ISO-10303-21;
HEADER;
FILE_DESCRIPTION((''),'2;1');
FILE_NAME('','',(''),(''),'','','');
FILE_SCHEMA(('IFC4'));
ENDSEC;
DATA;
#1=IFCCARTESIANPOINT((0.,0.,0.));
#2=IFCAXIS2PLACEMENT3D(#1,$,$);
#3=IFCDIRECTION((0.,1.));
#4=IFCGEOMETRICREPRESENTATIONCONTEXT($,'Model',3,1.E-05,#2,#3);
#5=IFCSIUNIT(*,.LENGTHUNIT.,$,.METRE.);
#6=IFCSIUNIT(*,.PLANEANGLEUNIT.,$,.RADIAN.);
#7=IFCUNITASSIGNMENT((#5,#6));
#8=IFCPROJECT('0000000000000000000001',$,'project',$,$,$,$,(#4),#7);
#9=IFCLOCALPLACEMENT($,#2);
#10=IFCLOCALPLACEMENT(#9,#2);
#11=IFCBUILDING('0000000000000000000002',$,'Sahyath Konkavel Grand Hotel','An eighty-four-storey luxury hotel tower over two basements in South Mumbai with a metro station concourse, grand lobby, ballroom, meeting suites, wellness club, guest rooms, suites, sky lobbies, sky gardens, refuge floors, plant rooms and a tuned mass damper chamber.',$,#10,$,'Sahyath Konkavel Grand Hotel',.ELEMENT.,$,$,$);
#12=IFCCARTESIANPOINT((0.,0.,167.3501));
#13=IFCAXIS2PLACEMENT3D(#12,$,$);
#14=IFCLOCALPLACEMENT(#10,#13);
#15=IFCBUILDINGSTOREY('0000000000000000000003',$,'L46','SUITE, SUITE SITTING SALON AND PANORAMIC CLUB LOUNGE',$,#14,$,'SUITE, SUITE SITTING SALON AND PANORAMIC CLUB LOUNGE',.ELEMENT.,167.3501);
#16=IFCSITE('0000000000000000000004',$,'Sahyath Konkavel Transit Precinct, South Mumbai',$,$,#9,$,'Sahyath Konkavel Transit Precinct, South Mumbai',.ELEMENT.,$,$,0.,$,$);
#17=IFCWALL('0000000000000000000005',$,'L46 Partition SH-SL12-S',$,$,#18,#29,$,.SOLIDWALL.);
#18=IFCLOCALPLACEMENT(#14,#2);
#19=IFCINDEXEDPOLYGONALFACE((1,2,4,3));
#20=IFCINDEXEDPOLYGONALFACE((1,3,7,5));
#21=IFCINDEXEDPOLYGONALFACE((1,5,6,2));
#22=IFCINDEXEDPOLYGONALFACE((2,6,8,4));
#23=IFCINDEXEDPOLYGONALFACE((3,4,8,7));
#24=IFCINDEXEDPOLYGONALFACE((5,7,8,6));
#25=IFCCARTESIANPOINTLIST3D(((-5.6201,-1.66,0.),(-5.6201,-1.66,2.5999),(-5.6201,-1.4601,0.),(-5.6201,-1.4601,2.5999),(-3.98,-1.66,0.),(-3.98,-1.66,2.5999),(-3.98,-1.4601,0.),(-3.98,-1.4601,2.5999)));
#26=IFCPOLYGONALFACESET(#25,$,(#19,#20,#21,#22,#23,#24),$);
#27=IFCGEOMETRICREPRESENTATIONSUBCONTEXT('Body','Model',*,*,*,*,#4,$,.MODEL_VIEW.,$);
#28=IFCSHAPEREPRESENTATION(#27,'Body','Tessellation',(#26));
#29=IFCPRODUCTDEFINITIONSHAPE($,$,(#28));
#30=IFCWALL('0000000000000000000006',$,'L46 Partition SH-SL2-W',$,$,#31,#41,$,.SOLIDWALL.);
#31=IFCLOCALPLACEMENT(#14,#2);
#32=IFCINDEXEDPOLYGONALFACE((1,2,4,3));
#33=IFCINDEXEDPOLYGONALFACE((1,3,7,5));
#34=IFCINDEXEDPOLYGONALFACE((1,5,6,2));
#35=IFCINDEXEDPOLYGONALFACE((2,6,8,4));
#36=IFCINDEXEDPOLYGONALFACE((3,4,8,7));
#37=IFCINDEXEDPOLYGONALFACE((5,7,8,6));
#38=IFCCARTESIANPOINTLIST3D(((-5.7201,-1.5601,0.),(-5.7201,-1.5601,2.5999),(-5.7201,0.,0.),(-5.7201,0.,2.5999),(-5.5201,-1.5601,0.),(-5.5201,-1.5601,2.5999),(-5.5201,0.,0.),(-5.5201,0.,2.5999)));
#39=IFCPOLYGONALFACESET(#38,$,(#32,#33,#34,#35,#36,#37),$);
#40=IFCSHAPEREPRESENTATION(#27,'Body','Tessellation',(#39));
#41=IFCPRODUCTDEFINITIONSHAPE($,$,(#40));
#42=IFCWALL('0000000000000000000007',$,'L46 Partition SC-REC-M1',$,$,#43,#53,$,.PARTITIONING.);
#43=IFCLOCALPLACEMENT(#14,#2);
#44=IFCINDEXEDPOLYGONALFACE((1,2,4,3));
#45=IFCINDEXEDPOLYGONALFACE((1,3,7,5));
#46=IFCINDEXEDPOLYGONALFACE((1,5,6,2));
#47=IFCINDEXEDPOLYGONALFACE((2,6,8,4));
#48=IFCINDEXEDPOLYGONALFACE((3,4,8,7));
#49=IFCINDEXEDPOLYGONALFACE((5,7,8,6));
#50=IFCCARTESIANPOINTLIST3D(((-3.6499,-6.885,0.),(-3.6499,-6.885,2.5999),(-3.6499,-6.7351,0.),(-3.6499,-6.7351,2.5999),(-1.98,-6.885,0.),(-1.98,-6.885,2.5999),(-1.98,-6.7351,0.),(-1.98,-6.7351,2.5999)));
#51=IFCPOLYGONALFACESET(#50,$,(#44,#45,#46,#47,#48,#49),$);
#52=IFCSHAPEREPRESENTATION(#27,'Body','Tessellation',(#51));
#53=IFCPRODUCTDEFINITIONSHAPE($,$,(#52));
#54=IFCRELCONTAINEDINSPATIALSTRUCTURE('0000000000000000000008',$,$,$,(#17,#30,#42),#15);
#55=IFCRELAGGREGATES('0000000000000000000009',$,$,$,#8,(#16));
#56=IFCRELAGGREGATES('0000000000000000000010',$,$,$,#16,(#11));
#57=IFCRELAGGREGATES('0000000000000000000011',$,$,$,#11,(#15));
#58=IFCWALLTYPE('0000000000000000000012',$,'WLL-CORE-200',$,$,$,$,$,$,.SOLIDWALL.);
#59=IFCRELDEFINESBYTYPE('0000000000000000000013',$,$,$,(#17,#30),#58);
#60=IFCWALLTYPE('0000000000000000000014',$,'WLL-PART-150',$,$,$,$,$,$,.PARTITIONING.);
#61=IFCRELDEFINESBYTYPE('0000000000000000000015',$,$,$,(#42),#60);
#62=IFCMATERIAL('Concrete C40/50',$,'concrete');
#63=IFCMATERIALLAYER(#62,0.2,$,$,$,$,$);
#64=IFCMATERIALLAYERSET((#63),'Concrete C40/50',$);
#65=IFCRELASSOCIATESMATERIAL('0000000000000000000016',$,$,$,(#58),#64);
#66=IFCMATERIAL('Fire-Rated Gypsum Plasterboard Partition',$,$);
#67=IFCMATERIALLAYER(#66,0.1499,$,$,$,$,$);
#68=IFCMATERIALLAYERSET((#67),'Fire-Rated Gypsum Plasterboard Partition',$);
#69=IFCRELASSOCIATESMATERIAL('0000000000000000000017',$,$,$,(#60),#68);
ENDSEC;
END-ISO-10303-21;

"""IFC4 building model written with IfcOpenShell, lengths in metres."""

from ifc_helpers import new_model, si_unit, direction, frame, frame_2d, origin, place, context, subcontext, project, spatial, rectangle, extrude, material, layer, layer_set, type_object, element, save


model = new_model("IFC4")

# Units and contexts
model_context = context("Model", 3, precision=1e-05, world=origin(), true_north=direction((0.0, 1.0)))
body_context = subcontext(model_context, "Body", "Model", "MODEL_VIEW")
ifc_project = project(units=[si_unit("LENGTHUNIT", "METRE"), si_unit("PLANEANGLEUNIT", "RADIAN")], contexts=[model_context])

# Site, building, storey
site_placement = place(None, origin())
site = spatial("IfcSite", under=ifc_project, at=site_placement, Name="Sahyath Konkavel Transit Precinct, South Mumbai", LongName="Sahyath Konkavel Transit Precinct, South Mumbai", CompositionType="ELEMENT", RefElevation=0.0)
building_placement = place(site_placement, origin())
building = spatial("IfcBuilding", under=site, at=building_placement, Name="Sahyath Konkavel Grand Hotel", Description="An eighty-four-storey luxury hotel tower over two basements in South Mumbai with a metro station concourse, grand lobby, ballroom, meeting suites, wellness club, guest rooms, suites, sky lobbies, sky gardens, refuge floors, plant rooms and a tuned mass damper chamber.", LongName="Sahyath Konkavel Grand Hotel", CompositionType="ELEMENT")
storey_placement = place(building_placement, frame((0.0, 0.0, 167.3501)))
storey = spatial("IfcBuildingStorey", under=building, at=storey_placement, Name="L46", Description="SUITE, SUITE SITTING SALON AND PANORAMIC CLUB LOUNGE", LongName="SUITE, SUITE SITTING SALON AND PANORAMIC CLUB LOUNGE", CompositionType="ELEMENT", Elevation=167.3501)

# Shared definitions
ifc_material_1 = material(Name="Concrete C40/50", Category="concrete")

# Shared definitions
ifc_layer_1 = layer(ifc_material_1, 0.2)
ifc_layer_set_1 = layer_set([ifc_layer_1], Name="Concrete C40/50")
wall_type_1 = type_object("IfcWallType", Name="WLL-CORE-200", PredefinedType="SOLIDWALL", material=ifc_layer_set_1)

# Walls
wall_1_placement = place(storey_placement, frame((-5.6201, -1.5601, 0.0), z_axis=(0.0, 0.0, 1.0), x_axis=(1.0, 0.0, 0.0)))
element("IfcWall", 1, at=wall_1_placement, inside=storey, type_object=wall_type_1, Name="L46 Partition SH-SL12-S", PredefinedType="SOLIDWALL", context=body_context, shape_type="SweptSolid", body=[
    extrude(rectangle(XDim=1.6401, YDim=0.2, at=frame_2d((0.8201, 0.0))), origin(), (0.0, 0.0, 1.0), 2.5999),
])
wall_2_placement = place(storey_placement, frame((-5.6201, -1.5601, 0.0), z_axis=(0.0, 0.0, 1.0), x_axis=(0.0, 1.0, 0.0)))
element("IfcWall", 2, at=wall_2_placement, inside=storey, type_object=wall_type_1, Name="L46 Partition SH-SL2-W", PredefinedType="SOLIDWALL", context=body_context, shape_type="SweptSolid", body=[
    extrude(rectangle(XDim=1.5601, YDim=0.2, at=frame_2d((0.78, 0.0))), origin(), (0.0, 0.0, 1.0), 2.5999),
])
ifc_material_2 = material(Name="Fire-Rated Gypsum Plasterboard Partition")
ifc_layer_2 = layer(ifc_material_2, 0.1499)
ifc_layer_set_2 = layer_set([ifc_layer_2], Name="Fire-Rated Gypsum Plasterboard Partition")
wall_type_2 = type_object("IfcWallType", Name="WLL-PART-150", PredefinedType="PARTITIONING", material=ifc_layer_set_2)
wall_3_placement = place(storey_placement, frame((-3.6499, -6.8101, 0.0), z_axis=(0.0, 0.0, 1.0), x_axis=(1.0, 0.0, 0.0)))
element("IfcWall", 3, at=wall_3_placement, inside=storey, type_object=wall_type_2, Name="L46 Partition SC-REC-M1", PredefinedType="PARTITIONING", context=body_context, shape_type="SweptSolid", body=[
    extrude(rectangle(XDim=1.6699, YDim=0.1499, at=frame_2d((0.835, 0.0))), origin(), (0.0, 0.0, 1.0), 2.5999),
])

save(model, "model.ifc")
